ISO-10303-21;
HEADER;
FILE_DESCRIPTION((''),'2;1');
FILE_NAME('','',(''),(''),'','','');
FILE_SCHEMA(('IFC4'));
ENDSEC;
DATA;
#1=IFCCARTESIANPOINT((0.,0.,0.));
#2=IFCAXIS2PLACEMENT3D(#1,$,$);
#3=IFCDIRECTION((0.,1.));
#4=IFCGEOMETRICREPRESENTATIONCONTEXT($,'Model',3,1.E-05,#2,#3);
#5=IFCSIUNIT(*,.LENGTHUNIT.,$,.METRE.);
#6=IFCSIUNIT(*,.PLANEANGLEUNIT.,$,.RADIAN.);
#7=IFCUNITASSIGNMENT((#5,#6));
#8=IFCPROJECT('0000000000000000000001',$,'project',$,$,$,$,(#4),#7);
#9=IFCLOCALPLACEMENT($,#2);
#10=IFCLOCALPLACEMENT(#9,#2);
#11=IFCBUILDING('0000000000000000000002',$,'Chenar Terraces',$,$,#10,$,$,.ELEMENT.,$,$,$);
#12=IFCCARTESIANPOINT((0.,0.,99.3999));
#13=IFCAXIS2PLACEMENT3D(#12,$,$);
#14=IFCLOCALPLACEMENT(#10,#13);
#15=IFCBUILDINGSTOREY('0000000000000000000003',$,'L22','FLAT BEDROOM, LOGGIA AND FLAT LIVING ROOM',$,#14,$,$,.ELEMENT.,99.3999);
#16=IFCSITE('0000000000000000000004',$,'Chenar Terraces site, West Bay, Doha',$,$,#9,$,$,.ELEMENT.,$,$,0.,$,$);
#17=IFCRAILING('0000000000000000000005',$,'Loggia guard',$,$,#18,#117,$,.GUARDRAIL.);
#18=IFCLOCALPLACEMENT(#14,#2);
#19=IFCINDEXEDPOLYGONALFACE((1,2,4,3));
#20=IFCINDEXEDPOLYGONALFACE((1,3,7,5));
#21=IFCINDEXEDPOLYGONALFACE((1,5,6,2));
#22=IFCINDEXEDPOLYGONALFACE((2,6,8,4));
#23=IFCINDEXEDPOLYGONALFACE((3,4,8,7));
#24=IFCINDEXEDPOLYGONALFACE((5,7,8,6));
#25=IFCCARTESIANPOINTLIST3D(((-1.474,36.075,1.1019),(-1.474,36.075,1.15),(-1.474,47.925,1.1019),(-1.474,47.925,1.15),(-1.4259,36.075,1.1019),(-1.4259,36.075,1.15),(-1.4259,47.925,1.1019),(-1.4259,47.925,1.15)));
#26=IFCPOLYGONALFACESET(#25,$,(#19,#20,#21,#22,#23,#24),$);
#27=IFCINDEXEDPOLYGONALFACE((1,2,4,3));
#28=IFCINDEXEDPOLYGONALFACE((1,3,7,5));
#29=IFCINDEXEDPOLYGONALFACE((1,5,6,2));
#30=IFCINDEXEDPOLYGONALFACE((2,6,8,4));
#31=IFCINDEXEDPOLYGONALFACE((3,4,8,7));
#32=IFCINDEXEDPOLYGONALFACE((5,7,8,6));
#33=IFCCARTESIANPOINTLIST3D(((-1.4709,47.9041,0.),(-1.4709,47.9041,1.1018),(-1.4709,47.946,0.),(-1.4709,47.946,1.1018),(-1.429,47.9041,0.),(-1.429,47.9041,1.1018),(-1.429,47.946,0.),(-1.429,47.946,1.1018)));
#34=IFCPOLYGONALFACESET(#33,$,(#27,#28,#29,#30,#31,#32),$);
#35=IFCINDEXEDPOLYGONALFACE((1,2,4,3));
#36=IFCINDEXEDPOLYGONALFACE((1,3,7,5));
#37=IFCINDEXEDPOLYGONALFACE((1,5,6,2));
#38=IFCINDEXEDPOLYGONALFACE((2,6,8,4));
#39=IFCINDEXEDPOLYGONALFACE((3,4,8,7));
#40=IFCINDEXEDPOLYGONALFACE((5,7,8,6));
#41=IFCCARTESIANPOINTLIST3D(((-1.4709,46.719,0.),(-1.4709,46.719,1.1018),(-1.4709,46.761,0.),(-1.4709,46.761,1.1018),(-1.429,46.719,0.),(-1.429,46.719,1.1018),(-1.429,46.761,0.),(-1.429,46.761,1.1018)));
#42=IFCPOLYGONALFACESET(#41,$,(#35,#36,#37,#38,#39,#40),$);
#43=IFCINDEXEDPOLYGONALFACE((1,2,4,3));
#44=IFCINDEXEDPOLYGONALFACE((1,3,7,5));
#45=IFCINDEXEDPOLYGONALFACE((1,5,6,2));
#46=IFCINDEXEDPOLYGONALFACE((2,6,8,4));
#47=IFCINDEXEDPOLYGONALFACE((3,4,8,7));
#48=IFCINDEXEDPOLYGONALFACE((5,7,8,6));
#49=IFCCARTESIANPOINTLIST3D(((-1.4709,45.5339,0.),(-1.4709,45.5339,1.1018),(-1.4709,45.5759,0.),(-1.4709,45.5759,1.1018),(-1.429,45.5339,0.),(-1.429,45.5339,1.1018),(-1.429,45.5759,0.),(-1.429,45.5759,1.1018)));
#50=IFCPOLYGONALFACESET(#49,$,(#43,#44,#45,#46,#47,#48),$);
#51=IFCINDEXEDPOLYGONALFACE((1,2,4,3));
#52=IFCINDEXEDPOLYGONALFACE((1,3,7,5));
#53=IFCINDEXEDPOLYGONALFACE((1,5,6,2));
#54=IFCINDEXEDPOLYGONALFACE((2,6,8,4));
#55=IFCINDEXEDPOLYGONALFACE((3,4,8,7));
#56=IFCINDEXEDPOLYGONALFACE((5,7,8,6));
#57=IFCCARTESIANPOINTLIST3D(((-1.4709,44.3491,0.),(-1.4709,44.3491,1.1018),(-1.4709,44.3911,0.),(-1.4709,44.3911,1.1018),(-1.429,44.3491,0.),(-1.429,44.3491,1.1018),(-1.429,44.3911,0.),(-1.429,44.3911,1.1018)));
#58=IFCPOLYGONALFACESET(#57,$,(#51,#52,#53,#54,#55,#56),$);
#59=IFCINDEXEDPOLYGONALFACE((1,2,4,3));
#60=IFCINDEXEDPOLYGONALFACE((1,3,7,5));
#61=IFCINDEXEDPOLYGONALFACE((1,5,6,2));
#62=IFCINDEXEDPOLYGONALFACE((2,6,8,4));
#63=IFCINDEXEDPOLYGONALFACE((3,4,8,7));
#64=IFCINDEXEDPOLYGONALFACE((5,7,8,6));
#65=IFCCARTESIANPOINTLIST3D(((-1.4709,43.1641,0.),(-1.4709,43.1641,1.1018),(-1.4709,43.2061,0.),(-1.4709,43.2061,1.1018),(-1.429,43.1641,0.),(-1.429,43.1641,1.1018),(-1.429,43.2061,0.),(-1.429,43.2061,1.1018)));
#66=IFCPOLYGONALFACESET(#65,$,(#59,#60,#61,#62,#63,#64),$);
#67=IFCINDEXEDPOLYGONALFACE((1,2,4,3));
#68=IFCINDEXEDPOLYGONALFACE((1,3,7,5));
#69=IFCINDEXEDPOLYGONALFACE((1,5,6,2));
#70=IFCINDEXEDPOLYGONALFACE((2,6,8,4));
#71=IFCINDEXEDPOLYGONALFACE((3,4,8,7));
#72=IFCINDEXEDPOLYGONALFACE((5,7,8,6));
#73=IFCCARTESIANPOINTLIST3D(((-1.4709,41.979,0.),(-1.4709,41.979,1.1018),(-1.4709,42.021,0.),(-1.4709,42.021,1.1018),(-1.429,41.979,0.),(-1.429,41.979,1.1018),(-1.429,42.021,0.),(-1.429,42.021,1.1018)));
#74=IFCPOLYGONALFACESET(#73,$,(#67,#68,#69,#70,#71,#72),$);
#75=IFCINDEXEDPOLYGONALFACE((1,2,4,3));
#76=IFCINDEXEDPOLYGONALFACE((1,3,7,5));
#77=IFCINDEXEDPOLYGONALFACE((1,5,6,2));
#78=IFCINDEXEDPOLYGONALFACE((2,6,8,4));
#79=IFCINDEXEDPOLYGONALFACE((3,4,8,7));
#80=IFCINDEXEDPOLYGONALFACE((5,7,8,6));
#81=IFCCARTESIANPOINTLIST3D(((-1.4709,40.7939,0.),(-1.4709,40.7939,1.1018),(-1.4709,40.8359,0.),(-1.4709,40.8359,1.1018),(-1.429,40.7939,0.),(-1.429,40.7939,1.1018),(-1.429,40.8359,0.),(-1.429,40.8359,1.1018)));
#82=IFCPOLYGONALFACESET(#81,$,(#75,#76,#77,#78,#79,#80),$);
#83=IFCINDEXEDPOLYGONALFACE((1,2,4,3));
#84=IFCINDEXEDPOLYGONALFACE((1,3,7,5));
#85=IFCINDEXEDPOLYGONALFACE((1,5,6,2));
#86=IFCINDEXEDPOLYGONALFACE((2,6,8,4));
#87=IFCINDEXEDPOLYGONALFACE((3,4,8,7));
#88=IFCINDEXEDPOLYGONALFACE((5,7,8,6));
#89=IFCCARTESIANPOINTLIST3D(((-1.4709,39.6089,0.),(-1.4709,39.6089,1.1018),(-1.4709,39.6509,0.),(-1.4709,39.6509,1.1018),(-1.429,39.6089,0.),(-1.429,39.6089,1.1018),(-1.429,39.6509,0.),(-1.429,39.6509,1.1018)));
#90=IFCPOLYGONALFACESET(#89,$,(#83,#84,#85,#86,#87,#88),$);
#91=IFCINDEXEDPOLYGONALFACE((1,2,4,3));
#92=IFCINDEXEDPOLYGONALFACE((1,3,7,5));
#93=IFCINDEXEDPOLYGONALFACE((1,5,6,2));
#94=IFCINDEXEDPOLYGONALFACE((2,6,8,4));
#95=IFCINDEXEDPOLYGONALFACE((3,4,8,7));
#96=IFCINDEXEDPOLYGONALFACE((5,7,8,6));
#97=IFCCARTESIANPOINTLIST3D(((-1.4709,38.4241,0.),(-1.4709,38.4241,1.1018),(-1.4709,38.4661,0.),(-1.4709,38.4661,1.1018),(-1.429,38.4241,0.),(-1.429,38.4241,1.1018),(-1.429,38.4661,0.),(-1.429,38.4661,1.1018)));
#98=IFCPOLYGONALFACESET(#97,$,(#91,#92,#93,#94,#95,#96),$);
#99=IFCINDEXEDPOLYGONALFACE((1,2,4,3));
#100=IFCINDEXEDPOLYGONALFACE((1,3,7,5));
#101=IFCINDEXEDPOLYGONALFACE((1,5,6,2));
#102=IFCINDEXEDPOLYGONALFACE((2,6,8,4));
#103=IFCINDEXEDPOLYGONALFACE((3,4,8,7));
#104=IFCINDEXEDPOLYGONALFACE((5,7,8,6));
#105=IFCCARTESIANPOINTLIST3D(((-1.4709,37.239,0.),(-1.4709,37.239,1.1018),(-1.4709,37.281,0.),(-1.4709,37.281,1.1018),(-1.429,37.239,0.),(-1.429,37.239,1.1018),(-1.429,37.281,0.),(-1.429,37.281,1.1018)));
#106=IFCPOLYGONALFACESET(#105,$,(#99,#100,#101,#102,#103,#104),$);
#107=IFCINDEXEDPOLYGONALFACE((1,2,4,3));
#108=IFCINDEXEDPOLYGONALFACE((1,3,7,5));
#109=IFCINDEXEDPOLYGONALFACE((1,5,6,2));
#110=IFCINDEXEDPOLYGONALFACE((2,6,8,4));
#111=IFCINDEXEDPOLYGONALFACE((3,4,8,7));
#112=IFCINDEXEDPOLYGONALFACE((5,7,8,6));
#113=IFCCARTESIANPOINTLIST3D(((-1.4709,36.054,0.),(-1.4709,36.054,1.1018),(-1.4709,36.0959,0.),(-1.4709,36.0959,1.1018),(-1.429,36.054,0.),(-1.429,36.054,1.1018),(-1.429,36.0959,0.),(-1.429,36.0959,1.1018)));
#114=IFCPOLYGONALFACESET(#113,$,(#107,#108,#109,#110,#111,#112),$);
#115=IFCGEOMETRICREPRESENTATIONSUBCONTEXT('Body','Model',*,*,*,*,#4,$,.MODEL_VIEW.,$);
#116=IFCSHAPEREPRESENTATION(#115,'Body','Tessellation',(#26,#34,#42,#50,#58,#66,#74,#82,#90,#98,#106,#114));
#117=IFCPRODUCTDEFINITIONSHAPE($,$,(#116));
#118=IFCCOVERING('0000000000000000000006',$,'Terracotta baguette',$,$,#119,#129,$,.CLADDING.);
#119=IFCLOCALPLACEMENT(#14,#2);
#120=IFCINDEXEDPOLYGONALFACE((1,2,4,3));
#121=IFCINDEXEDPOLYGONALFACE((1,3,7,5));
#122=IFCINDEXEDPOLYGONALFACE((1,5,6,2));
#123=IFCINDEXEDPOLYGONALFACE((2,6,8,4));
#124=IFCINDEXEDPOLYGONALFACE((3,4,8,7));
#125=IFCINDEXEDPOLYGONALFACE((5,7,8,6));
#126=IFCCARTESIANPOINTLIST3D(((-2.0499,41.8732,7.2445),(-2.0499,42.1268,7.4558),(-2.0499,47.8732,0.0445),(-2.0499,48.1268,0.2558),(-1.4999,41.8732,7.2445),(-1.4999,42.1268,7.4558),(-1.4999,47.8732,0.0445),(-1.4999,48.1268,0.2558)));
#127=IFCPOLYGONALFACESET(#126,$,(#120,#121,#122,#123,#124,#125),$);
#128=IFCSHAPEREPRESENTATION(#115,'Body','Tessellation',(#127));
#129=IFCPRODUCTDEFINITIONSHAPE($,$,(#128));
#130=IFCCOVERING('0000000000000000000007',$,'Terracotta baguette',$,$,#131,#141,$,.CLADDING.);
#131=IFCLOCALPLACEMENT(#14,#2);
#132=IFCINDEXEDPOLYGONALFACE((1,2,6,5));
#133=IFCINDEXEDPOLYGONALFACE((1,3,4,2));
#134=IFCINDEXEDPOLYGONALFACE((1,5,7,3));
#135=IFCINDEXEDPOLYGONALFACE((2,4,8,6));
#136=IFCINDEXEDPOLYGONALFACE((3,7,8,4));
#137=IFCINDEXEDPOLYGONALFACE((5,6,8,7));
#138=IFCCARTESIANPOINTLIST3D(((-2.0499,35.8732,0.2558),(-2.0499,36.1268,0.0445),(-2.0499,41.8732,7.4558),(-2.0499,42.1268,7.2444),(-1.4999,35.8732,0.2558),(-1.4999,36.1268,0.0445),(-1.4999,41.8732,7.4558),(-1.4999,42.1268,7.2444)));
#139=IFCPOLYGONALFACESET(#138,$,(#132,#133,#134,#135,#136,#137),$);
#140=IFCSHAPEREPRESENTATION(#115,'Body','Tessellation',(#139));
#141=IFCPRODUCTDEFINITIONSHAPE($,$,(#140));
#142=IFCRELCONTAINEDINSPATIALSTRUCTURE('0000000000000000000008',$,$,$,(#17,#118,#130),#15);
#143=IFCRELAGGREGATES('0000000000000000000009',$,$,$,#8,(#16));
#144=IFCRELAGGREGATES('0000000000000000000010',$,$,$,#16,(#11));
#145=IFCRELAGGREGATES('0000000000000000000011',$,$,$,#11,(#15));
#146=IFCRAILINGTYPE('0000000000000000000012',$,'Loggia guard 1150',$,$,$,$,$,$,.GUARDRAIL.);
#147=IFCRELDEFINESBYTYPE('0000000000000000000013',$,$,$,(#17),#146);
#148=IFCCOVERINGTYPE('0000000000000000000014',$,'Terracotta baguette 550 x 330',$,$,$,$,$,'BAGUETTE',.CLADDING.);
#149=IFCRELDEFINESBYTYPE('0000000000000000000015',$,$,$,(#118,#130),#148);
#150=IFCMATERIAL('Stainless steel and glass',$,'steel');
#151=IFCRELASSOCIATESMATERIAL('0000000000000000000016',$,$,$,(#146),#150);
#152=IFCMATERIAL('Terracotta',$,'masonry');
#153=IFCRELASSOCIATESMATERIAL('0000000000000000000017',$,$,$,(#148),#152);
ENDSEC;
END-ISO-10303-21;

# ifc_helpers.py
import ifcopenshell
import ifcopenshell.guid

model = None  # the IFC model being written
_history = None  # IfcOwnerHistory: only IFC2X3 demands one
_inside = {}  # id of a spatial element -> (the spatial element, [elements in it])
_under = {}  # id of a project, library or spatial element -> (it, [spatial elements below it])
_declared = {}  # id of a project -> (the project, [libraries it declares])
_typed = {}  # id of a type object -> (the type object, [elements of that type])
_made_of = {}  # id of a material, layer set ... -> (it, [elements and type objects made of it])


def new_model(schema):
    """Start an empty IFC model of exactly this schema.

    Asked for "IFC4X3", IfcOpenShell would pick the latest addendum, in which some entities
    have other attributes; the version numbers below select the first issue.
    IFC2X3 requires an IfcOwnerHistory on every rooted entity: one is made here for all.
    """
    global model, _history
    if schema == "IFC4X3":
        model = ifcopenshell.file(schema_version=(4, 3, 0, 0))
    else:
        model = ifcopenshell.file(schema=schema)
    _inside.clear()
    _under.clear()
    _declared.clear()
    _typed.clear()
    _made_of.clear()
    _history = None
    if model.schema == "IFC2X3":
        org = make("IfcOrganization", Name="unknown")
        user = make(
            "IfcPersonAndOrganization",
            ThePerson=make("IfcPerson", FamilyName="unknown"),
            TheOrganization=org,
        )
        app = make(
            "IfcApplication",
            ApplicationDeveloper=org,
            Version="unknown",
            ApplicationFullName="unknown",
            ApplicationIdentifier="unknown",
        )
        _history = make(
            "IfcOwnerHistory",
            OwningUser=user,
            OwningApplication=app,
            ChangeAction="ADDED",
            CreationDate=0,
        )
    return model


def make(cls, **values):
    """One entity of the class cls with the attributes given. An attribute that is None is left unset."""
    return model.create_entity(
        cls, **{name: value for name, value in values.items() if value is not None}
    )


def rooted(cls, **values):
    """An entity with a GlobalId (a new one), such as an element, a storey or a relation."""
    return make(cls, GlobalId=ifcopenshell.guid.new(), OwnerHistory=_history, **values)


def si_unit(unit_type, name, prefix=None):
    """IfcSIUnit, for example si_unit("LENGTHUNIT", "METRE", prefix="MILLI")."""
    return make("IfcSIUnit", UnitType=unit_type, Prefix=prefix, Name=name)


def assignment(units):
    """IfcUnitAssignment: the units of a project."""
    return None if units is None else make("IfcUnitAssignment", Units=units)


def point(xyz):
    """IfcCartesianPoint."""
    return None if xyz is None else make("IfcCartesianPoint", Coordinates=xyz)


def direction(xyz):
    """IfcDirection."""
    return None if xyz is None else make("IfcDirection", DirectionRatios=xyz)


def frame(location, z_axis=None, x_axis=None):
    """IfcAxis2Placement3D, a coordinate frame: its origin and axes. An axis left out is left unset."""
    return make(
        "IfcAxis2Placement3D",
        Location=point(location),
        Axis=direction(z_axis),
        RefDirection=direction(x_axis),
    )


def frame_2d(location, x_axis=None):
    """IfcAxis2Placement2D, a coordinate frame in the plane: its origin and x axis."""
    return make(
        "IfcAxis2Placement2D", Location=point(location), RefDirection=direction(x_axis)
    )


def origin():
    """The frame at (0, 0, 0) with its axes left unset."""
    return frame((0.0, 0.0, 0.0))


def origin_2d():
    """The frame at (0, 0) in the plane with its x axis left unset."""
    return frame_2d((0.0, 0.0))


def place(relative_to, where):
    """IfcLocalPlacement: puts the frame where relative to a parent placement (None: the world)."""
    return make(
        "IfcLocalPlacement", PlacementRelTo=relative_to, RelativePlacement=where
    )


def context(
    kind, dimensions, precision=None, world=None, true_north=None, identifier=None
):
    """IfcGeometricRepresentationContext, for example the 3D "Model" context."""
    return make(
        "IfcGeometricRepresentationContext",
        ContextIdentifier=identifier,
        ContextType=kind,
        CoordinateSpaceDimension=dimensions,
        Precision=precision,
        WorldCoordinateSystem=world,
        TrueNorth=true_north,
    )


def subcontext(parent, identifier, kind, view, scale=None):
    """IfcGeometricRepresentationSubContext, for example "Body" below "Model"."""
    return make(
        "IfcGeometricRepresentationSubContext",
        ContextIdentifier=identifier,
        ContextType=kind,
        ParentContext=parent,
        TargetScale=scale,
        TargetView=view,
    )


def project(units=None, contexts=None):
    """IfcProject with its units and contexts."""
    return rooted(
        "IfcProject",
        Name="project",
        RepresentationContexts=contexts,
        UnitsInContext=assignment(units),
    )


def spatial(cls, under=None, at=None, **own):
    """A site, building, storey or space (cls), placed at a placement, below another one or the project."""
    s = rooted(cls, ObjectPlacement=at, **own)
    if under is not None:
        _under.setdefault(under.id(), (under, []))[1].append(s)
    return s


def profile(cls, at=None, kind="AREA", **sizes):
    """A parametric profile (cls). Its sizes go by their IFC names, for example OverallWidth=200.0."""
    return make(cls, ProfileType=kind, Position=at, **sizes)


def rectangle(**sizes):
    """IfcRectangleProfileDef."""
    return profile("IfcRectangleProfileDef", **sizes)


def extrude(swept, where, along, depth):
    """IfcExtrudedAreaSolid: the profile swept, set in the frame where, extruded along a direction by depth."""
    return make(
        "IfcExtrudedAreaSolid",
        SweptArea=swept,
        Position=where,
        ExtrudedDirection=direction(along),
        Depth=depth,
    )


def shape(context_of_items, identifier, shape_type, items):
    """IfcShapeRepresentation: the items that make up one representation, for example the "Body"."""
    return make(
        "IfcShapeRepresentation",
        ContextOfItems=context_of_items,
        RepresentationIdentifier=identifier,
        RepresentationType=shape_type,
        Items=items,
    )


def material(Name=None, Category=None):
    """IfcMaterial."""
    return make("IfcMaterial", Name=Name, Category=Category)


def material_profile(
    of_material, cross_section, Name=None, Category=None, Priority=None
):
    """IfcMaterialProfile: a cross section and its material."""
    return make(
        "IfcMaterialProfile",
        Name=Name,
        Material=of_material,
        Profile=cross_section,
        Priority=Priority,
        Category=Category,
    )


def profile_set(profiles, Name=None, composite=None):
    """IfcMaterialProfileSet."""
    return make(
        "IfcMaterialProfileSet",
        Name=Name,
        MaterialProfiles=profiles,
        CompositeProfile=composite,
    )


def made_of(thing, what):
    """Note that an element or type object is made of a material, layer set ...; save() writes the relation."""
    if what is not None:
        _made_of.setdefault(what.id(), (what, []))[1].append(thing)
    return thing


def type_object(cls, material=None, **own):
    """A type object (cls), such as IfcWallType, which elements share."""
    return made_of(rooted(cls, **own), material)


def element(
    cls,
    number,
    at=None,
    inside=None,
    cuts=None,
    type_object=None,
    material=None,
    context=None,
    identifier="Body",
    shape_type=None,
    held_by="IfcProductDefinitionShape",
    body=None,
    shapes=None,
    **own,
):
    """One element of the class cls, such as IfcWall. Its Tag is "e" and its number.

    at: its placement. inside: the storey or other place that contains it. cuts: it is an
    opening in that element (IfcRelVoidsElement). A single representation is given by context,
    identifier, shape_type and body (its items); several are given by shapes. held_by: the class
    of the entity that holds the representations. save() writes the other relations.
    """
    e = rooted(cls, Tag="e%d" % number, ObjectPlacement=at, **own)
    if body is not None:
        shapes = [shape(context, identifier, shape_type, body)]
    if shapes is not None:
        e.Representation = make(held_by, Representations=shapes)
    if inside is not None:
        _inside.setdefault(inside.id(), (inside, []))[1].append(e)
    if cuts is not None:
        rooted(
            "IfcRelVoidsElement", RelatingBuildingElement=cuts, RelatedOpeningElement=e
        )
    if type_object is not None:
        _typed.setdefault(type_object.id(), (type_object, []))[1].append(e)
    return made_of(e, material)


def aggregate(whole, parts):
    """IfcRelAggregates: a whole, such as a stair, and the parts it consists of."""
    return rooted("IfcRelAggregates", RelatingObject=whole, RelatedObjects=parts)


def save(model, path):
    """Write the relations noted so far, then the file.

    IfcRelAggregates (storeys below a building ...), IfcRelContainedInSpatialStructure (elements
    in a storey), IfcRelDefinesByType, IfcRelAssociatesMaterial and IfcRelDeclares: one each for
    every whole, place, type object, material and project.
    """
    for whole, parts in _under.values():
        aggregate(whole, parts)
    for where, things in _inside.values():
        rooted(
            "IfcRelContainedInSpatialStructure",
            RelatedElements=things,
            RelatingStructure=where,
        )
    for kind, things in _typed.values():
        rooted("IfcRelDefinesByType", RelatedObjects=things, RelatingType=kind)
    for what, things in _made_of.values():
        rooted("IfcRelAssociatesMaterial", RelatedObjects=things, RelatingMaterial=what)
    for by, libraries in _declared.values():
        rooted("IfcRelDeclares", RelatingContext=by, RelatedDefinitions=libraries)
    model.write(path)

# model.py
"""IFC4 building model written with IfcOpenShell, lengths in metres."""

from ifc_helpers import new_model, si_unit, direction, frame, origin, origin_2d, place, context, subcontext, project, spatial, rectangle, extrude, material, material_profile, profile_set, type_object, element, save


model = new_model("IFC4")

# Units and contexts
model_context = context("Model", 3, precision=1e-05, world=origin(), true_north=direction((0.0, 1.0)))
body_context = subcontext(model_context, "Body", "Model", "MODEL_VIEW")
ifc_project = project(units=[si_unit("LENGTHUNIT", "METRE"), si_unit("PLANEANGLEUNIT", "RADIAN")], contexts=[model_context])

# Site, building, storey
site_placement = place(None, origin())
site = spatial("IfcSite", under=ifc_project, at=site_placement, Name="Chenar Terraces site, West Bay, Doha", CompositionType="ELEMENT", RefElevation=0.0)
building_placement = place(site_placement, origin())
building = spatial("IfcBuilding", under=site, at=building_placement, Name="Chenar Terraces", CompositionType="ELEMENT")
storey_placement = place(building_placement, frame((0.0, 0.0, 99.3999)))
storey = spatial("IfcBuildingStorey", under=building, at=storey_placement, Name="L22", Description="FLAT BEDROOM, LOGGIA AND FLAT LIVING ROOM", CompositionType="ELEMENT", Elevation=99.3999)

# Railing
ifc_material_1 = material(Name="Stainless steel and glass", Category="steel")
railing_type = type_object("IfcRailingType", Name="Loggia guard 1150", PredefinedType="GUARDRAIL", material=ifc_material_1)
railing_placement = place(storey_placement, frame((-1.45, 47.925, 0.0)))
element("IfcRailing", 1, at=railing_placement, inside=storey, type_object=railing_type, Name="Loggia guard", PredefinedType="GUARDRAIL", context=body_context, shape_type="SweptSolid", body=[
    extrude(rectangle(XDim=0.0481, YDim=0.0481, at=origin_2d()), frame((0.0, 0.0, 1.126), z_axis=(0.0, -1.0, 0.0), x_axis=(1.0, 0.0, 0.0)), (0.0, 0.0, 1.0), 11.8501),
    extrude(rectangle(XDim=0.042, YDim=0.042, at=origin_2d()), origin(), (0.0, 0.0, 1.0), 1.1018),
    extrude(rectangle(XDim=0.042, YDim=0.042, at=origin_2d()), frame((0.0, -1.1851, 0.0)), (0.0, 0.0, 1.0), 1.1018),
    extrude(rectangle(XDim=0.042, YDim=0.042, at=origin_2d()), frame((0.0, -2.3701, 0.0)), (0.0, 0.0, 1.0), 1.1018),
    extrude(rectangle(XDim=0.042, YDim=0.042, at=origin_2d()), frame((0.0, -3.5549, 0.0)), (0.0, 0.0, 1.0), 1.1018),
    extrude(rectangle(XDim=0.042, YDim=0.042, at=origin_2d()), frame((0.0, -4.74, 0.0)), (0.0, 0.0, 1.0), 1.1018),
    extrude(rectangle(XDim=0.042, YDim=0.042, at=origin_2d()), frame((0.0, -5.925, 0.0)), (0.0, 0.0, 1.0), 1.1018),
    extrude(rectangle(XDim=0.042, YDim=0.042, at=origin_2d()), frame((0.0, -7.1101, 0.0)), (0.0, 0.0, 1.0), 1.1018),
    extrude(rectangle(XDim=0.042, YDim=0.042, at=origin_2d()), frame((0.0, -8.2952, 0.0)), (0.0, 0.0, 1.0), 1.1018),
    extrude(rectangle(XDim=0.042, YDim=0.042, at=origin_2d()), frame((0.0, -9.48, 0.0)), (0.0, 0.0, 1.0), 1.1018),
    extrude(rectangle(XDim=0.042, YDim=0.042, at=origin_2d()), frame((0.0, -10.665, 0.0)), (0.0, 0.0, 1.0), 1.1018),
    extrude(rectangle(XDim=0.042, YDim=0.042, at=origin_2d()), frame((0.0, -11.8501, 0.0)), (0.0, 0.0, 1.0), 1.1018),
])

# Coverings
ifc_material_2 = material(Name="Terracotta", Category="masonry")
ifc_material_profile_1 = material_profile(ifc_material_2, rectangle(XDim=0.55, YDim=0.3301, at=origin_2d()), Name="Terracotta baguette 550 x 330")
ifc_profile_set_1 = profile_set([ifc_material_profile_1], Name="Terracotta")
covering_type = type_object("IfcCoveringType", Name="Terracotta baguette 550 x 330", ElementType="BAGUETTE", PredefinedType="CLADDING", material=ifc_profile_set_1)
for number, where, z_axis, x_axis, name in (
    (2, (-1.7749, 48.0, 0.1501), (0.0, -0.640187, 0.768219), (1.0, 0.0, 0.0), "Terracotta baguette"),
    (3, (-1.7749, 42.0, 7.3501), (0.0, -0.640187, -0.768219), (1.0, 0.0, 0.0), "Terracotta baguette"),
):
    element("IfcCovering", number, at=place(storey_placement, frame(where, z_axis=z_axis, x_axis=x_axis)), inside=storey, type_object=covering_type, Name=name, PredefinedType="CLADDING", context=body_context, shape_type="SweptSolid", body=[
        extrude(rectangle(XDim=0.55, YDim=0.3301, at=origin_2d()), origin(), (0.0, 0.0, 1.0), 9.3723),
    ])

save(model, "model.ifc")
